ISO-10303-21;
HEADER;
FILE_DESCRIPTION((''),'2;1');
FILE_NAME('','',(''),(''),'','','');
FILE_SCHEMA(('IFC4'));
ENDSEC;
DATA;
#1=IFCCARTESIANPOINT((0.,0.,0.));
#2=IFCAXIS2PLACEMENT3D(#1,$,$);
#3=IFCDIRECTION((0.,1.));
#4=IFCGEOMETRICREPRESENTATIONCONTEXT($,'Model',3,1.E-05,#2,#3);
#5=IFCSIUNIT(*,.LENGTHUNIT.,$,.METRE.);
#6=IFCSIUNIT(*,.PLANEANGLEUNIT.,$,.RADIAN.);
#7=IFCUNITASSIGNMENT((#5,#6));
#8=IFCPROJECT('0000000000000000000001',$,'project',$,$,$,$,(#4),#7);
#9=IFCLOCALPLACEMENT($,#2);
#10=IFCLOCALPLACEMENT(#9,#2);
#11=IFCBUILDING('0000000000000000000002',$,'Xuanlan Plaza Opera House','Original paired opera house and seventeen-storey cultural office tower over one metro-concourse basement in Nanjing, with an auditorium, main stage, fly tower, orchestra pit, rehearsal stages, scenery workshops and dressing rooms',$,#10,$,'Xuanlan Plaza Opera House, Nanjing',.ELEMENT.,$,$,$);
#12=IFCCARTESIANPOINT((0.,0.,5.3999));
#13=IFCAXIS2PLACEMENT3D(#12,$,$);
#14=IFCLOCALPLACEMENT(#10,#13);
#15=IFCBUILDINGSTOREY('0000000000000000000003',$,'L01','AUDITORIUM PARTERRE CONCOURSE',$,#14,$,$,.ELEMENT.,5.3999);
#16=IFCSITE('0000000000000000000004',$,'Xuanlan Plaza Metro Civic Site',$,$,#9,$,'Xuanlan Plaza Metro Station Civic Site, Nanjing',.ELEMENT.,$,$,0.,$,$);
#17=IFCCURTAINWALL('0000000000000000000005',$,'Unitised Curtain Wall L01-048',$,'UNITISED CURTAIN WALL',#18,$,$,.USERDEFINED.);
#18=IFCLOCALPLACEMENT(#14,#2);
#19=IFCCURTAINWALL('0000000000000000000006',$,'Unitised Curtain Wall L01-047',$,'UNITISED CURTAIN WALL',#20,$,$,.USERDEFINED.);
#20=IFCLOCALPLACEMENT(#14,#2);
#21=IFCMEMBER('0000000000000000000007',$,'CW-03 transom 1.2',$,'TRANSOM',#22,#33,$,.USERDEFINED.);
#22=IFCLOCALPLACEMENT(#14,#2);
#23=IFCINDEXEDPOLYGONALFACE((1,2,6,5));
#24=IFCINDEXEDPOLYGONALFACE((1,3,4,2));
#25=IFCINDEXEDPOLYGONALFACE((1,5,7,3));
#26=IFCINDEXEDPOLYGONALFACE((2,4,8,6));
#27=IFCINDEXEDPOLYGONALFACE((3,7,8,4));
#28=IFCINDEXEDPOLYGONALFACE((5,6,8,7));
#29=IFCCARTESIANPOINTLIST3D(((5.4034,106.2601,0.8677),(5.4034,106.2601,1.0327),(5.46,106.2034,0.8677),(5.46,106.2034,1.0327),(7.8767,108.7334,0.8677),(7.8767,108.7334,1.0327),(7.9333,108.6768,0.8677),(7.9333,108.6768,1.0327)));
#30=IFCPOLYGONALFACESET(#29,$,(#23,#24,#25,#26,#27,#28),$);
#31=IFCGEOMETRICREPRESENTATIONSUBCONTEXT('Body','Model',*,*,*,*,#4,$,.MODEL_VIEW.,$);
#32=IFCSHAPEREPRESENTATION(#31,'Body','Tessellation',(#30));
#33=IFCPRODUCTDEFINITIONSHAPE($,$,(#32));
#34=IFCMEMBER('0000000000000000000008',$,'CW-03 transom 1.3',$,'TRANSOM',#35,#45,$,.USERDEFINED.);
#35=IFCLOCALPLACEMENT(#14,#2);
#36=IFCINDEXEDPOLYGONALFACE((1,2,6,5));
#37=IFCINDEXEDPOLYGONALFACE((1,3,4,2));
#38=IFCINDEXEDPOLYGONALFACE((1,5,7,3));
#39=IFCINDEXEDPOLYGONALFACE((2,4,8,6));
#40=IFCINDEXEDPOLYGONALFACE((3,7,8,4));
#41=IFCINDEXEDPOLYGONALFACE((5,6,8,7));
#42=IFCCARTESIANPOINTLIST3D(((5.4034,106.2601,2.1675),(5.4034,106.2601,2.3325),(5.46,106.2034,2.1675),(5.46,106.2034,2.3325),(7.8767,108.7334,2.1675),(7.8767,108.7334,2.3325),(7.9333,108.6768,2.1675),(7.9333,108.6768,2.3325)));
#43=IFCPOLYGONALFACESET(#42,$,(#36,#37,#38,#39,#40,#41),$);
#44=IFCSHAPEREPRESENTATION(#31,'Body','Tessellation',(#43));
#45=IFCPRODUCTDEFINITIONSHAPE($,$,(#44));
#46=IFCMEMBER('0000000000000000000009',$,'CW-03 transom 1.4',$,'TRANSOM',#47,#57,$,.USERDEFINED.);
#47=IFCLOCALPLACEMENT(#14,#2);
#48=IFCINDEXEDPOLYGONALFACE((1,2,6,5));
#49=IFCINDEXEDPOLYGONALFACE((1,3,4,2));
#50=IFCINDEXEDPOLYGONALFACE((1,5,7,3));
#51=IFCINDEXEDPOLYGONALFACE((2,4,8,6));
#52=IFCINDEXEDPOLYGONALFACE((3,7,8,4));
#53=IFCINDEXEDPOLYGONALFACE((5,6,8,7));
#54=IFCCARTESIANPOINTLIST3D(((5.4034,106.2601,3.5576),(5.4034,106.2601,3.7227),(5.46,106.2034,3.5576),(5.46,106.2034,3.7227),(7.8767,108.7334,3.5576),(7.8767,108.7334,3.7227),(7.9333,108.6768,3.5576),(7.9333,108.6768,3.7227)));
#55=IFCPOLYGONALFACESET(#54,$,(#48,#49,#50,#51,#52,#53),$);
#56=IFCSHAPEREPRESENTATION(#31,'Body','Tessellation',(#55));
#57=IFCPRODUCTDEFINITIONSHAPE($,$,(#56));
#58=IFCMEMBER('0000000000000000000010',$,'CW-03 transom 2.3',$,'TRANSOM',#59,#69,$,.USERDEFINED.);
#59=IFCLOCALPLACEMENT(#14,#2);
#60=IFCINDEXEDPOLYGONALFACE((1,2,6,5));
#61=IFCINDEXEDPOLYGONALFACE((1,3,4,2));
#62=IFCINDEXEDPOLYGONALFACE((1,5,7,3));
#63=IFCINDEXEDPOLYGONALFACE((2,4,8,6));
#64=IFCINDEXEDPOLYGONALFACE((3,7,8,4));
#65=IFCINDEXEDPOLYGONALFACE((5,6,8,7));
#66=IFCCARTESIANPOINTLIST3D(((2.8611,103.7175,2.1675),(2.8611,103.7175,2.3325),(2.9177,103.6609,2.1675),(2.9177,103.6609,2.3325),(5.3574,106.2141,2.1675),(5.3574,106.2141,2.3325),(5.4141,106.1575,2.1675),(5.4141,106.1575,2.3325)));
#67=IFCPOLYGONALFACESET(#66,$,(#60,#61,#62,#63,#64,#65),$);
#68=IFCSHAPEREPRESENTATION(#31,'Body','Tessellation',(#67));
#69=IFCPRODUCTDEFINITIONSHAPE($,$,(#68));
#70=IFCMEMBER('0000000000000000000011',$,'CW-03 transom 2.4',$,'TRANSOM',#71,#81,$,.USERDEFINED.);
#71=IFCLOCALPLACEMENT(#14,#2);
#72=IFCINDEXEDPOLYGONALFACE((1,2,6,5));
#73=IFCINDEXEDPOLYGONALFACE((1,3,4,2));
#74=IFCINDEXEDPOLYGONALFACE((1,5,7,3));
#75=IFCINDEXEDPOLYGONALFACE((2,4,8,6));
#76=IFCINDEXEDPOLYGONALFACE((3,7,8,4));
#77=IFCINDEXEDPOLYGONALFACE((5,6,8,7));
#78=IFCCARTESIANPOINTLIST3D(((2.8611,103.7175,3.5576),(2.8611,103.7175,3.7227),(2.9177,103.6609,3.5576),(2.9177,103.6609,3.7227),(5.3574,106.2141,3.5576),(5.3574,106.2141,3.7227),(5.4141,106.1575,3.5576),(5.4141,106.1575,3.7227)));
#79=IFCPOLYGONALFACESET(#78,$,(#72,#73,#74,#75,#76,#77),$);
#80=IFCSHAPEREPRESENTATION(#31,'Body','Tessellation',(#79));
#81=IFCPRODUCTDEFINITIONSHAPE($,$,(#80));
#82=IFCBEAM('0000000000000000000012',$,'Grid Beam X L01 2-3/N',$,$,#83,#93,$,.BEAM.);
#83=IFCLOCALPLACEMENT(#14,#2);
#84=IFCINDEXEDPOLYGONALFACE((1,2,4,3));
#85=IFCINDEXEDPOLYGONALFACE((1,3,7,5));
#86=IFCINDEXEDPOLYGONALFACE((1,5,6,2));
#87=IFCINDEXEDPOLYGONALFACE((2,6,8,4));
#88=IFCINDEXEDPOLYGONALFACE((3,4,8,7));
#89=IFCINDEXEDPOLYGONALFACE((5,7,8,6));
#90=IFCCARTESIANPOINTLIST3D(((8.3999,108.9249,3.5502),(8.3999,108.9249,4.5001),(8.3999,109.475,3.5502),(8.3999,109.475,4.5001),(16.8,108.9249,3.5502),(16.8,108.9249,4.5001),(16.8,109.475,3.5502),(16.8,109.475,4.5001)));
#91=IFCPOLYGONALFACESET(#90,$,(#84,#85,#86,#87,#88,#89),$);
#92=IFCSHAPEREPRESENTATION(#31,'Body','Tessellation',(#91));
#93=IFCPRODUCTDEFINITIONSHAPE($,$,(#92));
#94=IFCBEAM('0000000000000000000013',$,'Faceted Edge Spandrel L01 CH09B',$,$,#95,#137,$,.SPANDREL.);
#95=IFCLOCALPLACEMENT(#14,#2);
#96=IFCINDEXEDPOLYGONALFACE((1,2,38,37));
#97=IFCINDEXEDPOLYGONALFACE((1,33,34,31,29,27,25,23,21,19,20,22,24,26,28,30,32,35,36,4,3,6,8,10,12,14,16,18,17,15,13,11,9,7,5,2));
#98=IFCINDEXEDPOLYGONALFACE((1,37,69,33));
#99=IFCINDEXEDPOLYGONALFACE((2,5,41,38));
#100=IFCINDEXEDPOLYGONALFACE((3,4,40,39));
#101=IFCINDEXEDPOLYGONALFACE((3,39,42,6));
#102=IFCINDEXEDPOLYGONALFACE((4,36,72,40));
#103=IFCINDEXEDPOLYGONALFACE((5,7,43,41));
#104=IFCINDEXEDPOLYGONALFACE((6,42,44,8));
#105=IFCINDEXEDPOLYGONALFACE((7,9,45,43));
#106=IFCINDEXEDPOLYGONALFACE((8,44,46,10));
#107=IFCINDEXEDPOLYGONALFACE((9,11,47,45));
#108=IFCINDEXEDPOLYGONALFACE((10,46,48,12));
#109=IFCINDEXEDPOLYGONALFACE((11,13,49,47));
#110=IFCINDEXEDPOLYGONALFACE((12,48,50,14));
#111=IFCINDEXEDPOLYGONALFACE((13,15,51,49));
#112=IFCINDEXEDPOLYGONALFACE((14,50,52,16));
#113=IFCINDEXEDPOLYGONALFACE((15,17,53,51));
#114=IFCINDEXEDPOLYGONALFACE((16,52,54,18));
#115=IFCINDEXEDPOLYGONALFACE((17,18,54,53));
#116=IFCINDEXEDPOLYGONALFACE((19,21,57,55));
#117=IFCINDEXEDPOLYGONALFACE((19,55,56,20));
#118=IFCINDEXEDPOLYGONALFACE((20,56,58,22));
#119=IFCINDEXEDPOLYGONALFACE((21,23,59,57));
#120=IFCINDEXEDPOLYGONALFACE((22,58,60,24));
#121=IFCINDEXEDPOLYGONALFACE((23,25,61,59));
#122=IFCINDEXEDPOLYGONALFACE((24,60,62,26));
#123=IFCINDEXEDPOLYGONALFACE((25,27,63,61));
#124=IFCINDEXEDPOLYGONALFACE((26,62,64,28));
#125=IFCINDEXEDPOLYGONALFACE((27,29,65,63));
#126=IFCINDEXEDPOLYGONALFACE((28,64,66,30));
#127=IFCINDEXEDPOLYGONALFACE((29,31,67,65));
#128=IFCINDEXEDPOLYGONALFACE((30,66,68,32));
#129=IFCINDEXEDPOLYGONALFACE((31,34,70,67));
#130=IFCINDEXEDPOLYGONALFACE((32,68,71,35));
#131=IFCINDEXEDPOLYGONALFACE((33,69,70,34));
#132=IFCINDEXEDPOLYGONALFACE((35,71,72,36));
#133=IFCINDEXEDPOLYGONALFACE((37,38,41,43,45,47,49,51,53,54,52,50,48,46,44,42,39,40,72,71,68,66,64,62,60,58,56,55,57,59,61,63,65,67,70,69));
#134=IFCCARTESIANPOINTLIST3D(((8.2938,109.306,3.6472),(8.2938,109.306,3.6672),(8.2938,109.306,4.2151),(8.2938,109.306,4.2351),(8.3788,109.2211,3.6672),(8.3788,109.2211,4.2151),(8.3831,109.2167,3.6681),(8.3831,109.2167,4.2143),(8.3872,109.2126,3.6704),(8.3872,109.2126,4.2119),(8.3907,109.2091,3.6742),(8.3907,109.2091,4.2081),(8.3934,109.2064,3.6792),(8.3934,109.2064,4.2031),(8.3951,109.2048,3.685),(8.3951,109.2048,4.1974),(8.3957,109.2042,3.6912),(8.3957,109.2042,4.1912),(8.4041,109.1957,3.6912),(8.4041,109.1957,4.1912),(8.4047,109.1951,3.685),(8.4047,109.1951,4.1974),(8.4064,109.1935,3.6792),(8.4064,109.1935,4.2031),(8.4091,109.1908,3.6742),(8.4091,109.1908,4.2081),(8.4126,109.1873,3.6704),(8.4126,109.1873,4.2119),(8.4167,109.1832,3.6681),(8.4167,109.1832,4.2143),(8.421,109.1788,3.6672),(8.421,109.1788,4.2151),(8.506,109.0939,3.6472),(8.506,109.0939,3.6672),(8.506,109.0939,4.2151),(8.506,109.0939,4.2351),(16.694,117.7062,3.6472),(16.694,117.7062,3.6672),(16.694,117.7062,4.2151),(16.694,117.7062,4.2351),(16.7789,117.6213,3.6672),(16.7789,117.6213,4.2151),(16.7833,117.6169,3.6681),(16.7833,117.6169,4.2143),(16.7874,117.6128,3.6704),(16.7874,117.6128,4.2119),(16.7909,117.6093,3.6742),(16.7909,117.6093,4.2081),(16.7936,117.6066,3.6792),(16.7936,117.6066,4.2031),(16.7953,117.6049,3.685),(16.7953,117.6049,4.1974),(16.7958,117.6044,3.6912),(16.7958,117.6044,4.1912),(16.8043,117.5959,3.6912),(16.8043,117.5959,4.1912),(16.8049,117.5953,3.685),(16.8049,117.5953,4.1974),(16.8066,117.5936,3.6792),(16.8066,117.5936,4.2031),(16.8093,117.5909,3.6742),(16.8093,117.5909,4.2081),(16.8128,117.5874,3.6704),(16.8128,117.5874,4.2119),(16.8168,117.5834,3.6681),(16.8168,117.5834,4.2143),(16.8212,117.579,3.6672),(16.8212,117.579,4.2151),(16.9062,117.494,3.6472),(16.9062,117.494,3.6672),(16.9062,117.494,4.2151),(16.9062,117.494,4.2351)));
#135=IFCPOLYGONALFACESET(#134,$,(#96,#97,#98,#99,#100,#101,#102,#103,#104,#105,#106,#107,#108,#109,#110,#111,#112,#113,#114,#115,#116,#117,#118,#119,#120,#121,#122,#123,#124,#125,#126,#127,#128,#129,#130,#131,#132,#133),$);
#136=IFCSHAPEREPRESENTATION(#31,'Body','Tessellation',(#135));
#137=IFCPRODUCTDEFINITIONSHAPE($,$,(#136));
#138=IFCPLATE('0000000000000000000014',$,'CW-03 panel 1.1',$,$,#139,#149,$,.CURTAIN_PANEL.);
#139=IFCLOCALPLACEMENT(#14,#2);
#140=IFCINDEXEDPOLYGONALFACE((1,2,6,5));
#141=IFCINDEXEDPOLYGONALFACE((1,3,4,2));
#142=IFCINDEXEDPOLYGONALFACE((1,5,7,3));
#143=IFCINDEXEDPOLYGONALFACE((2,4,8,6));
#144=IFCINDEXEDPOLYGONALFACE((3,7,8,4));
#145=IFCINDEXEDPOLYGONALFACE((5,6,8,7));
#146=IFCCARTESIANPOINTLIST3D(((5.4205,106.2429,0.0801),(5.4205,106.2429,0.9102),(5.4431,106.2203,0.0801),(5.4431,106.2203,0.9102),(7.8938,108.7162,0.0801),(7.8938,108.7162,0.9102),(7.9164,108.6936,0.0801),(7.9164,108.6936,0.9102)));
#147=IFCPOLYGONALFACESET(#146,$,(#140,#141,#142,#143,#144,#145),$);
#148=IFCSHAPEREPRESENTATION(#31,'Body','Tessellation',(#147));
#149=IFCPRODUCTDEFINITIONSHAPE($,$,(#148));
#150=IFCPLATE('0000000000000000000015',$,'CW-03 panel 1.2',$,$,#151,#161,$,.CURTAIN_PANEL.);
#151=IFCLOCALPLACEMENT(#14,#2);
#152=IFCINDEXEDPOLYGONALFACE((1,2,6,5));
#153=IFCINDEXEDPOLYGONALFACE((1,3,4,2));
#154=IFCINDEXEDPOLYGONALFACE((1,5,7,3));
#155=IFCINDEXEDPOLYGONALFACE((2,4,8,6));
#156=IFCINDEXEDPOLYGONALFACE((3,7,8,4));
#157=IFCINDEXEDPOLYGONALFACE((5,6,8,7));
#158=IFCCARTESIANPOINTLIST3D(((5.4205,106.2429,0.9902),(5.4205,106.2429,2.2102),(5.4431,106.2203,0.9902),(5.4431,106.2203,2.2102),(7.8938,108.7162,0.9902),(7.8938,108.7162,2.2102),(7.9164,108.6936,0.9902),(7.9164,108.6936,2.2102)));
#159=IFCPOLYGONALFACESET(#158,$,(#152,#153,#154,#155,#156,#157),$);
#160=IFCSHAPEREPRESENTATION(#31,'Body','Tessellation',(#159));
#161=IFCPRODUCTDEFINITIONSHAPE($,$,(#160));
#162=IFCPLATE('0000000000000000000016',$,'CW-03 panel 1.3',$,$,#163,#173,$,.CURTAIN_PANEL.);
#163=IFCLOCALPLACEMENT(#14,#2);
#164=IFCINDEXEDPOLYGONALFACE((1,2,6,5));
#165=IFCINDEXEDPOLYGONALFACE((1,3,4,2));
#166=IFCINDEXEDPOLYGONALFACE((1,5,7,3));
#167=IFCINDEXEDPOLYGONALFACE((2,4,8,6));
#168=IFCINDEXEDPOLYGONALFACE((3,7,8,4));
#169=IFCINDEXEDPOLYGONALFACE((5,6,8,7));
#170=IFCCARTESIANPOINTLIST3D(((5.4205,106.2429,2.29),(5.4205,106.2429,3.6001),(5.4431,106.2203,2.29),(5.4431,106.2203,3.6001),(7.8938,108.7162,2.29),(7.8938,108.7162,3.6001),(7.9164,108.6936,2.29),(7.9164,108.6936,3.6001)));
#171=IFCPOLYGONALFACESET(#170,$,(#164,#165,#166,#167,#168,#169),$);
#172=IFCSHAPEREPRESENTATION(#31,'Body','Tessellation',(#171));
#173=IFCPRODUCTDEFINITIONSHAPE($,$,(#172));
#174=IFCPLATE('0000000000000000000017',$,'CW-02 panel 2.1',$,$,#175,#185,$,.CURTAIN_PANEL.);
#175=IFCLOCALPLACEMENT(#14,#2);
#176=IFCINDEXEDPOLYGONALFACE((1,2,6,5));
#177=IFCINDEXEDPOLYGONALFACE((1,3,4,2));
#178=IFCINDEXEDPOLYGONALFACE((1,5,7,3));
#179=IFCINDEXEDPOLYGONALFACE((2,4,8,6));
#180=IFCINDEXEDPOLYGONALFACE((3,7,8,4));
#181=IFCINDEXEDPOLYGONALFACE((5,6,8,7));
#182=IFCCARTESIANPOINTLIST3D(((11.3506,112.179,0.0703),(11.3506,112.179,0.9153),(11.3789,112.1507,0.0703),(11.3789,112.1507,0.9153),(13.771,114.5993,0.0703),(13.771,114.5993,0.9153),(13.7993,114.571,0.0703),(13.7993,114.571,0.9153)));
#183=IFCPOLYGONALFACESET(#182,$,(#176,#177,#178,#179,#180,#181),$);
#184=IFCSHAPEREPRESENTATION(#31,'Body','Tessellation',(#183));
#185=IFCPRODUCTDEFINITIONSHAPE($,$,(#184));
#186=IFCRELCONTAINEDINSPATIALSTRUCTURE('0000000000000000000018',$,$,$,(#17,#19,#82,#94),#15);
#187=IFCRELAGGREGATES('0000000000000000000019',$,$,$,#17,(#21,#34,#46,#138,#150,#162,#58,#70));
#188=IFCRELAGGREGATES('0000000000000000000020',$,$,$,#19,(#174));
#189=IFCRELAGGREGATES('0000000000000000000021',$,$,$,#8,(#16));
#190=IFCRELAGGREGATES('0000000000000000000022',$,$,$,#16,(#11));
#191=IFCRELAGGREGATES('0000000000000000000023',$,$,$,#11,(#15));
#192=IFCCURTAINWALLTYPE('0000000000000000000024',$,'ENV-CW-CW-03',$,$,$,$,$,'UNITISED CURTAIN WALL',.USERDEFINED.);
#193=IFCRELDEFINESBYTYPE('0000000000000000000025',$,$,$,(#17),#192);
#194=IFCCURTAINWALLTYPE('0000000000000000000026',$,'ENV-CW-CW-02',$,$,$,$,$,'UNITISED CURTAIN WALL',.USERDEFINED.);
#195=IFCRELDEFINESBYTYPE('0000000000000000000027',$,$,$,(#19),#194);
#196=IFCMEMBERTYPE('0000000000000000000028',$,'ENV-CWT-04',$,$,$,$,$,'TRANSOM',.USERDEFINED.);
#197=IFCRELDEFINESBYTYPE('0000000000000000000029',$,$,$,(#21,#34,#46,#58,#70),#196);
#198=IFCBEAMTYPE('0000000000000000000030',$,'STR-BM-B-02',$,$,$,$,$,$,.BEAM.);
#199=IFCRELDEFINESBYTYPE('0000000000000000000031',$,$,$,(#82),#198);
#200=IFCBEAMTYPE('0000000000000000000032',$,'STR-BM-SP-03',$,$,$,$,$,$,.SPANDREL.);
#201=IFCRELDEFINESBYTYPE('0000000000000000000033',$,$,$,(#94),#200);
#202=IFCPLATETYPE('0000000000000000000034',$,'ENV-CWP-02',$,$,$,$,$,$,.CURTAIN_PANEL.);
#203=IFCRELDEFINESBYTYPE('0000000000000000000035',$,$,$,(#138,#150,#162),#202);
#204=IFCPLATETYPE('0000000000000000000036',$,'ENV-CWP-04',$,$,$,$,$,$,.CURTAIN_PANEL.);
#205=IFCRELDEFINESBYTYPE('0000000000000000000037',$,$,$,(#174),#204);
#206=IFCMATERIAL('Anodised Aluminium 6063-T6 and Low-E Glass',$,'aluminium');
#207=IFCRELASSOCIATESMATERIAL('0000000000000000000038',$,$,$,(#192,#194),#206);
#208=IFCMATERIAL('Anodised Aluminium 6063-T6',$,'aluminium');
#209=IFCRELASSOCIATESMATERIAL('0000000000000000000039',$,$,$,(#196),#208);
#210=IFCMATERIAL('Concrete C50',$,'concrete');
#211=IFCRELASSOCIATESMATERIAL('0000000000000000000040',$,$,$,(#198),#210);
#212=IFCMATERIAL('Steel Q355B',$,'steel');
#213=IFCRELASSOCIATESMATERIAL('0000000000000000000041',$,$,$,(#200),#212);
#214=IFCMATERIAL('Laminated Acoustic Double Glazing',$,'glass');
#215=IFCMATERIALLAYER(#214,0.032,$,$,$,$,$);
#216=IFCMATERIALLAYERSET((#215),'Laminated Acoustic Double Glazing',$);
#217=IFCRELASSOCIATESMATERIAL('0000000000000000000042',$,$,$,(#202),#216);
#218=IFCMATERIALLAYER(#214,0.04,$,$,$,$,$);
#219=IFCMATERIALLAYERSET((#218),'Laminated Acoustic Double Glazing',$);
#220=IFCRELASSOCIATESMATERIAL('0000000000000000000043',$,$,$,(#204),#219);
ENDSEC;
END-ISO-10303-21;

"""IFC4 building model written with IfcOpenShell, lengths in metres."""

from ifc_helpers import new_model, si_unit, direction, frame, origin, origin_2d, place, context, subcontext, project, spatial, rectangle, i_section, extrude, material, layer, layer_set, material_profile, profile_set, type_object, element, aggregate, save


model = new_model("IFC4")

# Units and contexts
model_context = context("Model", 3, precision=1e-05, world=origin(), true_north=direction((0.0, 1.0)))
body_context = subcontext(model_context, "Body", "Model", "MODEL_VIEW")
ifc_project = project(units=[si_unit("LENGTHUNIT", "METRE"), si_unit("PLANEANGLEUNIT", "RADIAN")], contexts=[model_context])

# Site, building, storey
site_placement = place(None, origin())
site = spatial("IfcSite", under=ifc_project, at=site_placement, Name="Xuanlan Plaza Metro Civic Site", LongName="Xuanlan Plaza Metro Station Civic Site, Nanjing", CompositionType="ELEMENT", RefElevation=0.0)
building_placement = place(site_placement, origin())
building = spatial("IfcBuilding", under=site, at=building_placement, Name="Xuanlan Plaza Opera House", Description="Original paired opera house and seventeen-storey cultural office tower over one metro-concourse basement in Nanjing, with an auditorium, main stage, fly tower, orchestra pit, rehearsal stages, scenery workshops and dressing rooms", LongName="Xuanlan Plaza Opera House, Nanjing", CompositionType="ELEMENT")
storey_placement = place(building_placement, frame((0.0, 0.0, 5.3999)))
storey = spatial("IfcBuildingStorey", under=building, at=storey_placement, Name="L01", Description="AUDITORIUM PARTERRE CONCOURSE", CompositionType="ELEMENT", Elevation=5.3999)

# Curtain walls
ifc_material_1 = material(Name="Anodised Aluminium 6063-T6 and Low-E Glass", Category="aluminium")
curtain_wall_type_1 = type_object("IfcCurtainWallType", Name="ENV-CW-CW-03", ElementType="UNITISED CURTAIN WALL", PredefinedType="USERDEFINED", material=ifc_material_1)
curtain_wall_1_placement = place(storey_placement, origin())
curtain_wall_1 = element("IfcCurtainWall", 1, at=curtain_wall_1_placement, inside=storey, type_object=curtain_wall_type_1, Name="Unitised Curtain Wall L01-048", ObjectType="UNITISED CURTAIN WALL", PredefinedType="USERDEFINED")
ifc_material_2 = material(Name="Anodised Aluminium 6063-T6", Category="aluminium")
curtain_wall_type_2 = type_object("IfcCurtainWallType", Name="ENV-CW-CW-02", ElementType="UNITISED CURTAIN WALL", PredefinedType="USERDEFINED", material=ifc_material_1)
curtain_wall_2_placement = place(storey_placement, origin())
curtain_wall_2 = element("IfcCurtainWall", 2, at=curtain_wall_2_placement, inside=storey, type_object=curtain_wall_type_2, Name="Unitised Curtain Wall L01-047", ObjectType="UNITISED CURTAIN WALL", PredefinedType="USERDEFINED")

# Members
ifc_material_profile_1 = material_profile(ifc_material_2, rectangle(XDim=0.0801, YDim=0.165, at=origin_2d()), Name="ALU-T 80x165")
ifc_profile_set_1 = profile_set([ifc_material_profile_1], Name="Anodised Aluminium 6063-T6")
member_type_1 = type_object("IfcMemberType", Name="ENV-CWT-04", ElementType="TRANSOM", PredefinedType="USERDEFINED", material=ifc_profile_set_1)
member_1_placement = place(storey_placement, frame((7.905, 108.7051, 0.9502), z_axis=(-0.707107, -0.707107, 0.0), x_axis=(0.707107, -0.707107, 0.0)))
member_1 = element("IfcMember", 3, at=member_1_placement, type_object=member_type_1, Name="CW-03 transom 1.2", ObjectType="TRANSOM", PredefinedType="USERDEFINED", context=body_context, shape_type="SweptSolid", body=[
    extrude(rectangle(XDim=0.0801, YDim=0.165, at=origin_2d()), origin(), (0.0, 0.0, 1.0), 3.4978),
])
member_2_placement = place(storey_placement, frame((7.905, 108.7051, 2.25), z_axis=(-0.707107, -0.707107, 0.0), x_axis=(0.707107, -0.707107, 0.0)))
member_2 = element("IfcMember", 4, at=member_2_placement, type_object=member_type_1, Name="CW-03 transom 1.3", ObjectType="TRANSOM", PredefinedType="USERDEFINED", context=body_context, shape_type="SweptSolid", body=[
    extrude(rectangle(XDim=0.0801, YDim=0.165, at=origin_2d()), origin(), (0.0, 0.0, 1.0), 3.4978),
])
member_3_placement = place(storey_placement, frame((7.905, 108.7051, 3.6401), z_axis=(-0.707107, -0.707107, 0.0), x_axis=(0.707107, -0.707107, 0.0)))
member_3 = element("IfcMember", 5, at=member_3_placement, type_object=member_type_1, Name="CW-03 transom 1.4", ObjectType="TRANSOM", PredefinedType="USERDEFINED", context=body_context, shape_type="SweptSolid", body=[
    extrude(rectangle(XDim=0.0801, YDim=0.165, at=origin_2d()), origin(), (0.0, 0.0, 1.0), 3.4978),
])
member_4_placement = place(storey_placement, frame((5.3857, 106.1858, 2.25), z_axis=(-0.707072, -0.707141, 0.0), x_axis=(0.707141, -0.707072, 0.0)))
member_4 = element("IfcMember", 6, at=member_4_placement, type_object=member_type_1, Name="CW-03 transom 2.3", ObjectType="TRANSOM", PredefinedType="USERDEFINED", context=body_context, shape_type="SweptSolid", body=[
    extrude(rectangle(XDim=0.0801, YDim=0.165, at=origin_2d()), origin(), (0.0, 0.0, 1.0), 3.5305),
])
member_5_placement = place(storey_placement, frame((5.3857, 106.1858, 3.6401), z_axis=(-0.707072, -0.707141, 0.0), x_axis=(0.707141, -0.707072, 0.0)))
member_5 = element("IfcMember", 7, at=member_5_placement, type_object=member_type_1, Name="CW-03 transom 2.4", ObjectType="TRANSOM", PredefinedType="USERDEFINED", context=body_context, shape_type="SweptSolid", body=[
    extrude(rectangle(XDim=0.0801, YDim=0.165, at=origin_2d()), origin(), (0.0, 0.0, 1.0), 3.5305),
])

# Beams
ifc_material_3 = material(Name="Concrete C50", Category="concrete")
ifc_material_profile_2 = material_profile(ifc_material_3, rectangle(XDim=0.55, YDim=0.95, at=origin_2d()), Name="RC-BM 550x950")
ifc_profile_set_2 = profile_set([ifc_material_profile_2], Name="Concrete C50")
beam_type_1 = type_object("IfcBeamType", Name="STR-BM-B-02", PredefinedType="BEAM", material=ifc_profile_set_2)
beam_1_placement = place(storey_placement, frame((8.3999, 109.2, 4.0251), z_axis=(1.0, 0.0, 0.0), x_axis=(0.0, 1.0, 0.0)))
element("IfcBeam", 8, at=beam_1_placement, inside=storey, type_object=beam_type_1, Name="Grid Beam X L01 2-3/N", PredefinedType="BEAM", context=body_context, shape_type="SweptSolid", body=[
    extrude(rectangle(XDim=0.55, YDim=0.95, at=origin_2d()), origin(), (0.0, 0.0, 1.0), 8.4001),
])
ifc_material_4 = material(Name="Steel Q355B", Category="steel")
ifc_material_profile_3 = material_profile(ifc_material_4, i_section(OverallWidth=0.3, OverallDepth=0.5879, WebThickness=0.012, FlangeThickness=0.02, FilletRadius=0.0239, at=origin_2d()), Name="HM 588x300x12x20")
ifc_profile_set_3 = profile_set([ifc_material_profile_3], Name="Steel Q355B")
beam_type_2 = type_object("IfcBeamType", Name="STR-BM-SP-03", PredefinedType="SPANDREL", material=ifc_profile_set_3)
beam_2_placement = place(storey_placement, frame((8.3999, 109.2, 3.9412), z_axis=(0.707107, 0.707107, 0.0), x_axis=(-0.707107, 0.707107, 0.0)))
element("IfcBeam", 9, at=beam_2_placement, inside=storey, type_object=beam_type_2, Name="Faceted Edge Spandrel L01 CH09B", PredefinedType="SPANDREL", context=body_context, shape_type="SweptSolid", body=[
    extrude(i_section(OverallWidth=0.3, OverallDepth=0.5879, WebThickness=0.012, FlangeThickness=0.02, FilletRadius=0.0239, at=origin_2d()), origin(), (0.0, 0.0, 1.0), 11.8796),
])

# Plates
ifc_material_5 = material(Name="Laminated Acoustic Double Glazing", Category="glass")
ifc_layer_1 = layer(ifc_material_5, 0.032)
ifc_layer_set_1 = layer_set([ifc_layer_1], Name="Laminated Acoustic Double Glazing")
plate_type_1 = type_object("IfcPlateType", Name="ENV-CWP-02", PredefinedType="CURTAIN_PANEL", material=ifc_layer_set_1)
plate_1_placement = place(storey_placement, frame((6.6685, 107.4683, 0.0801), z_axis=(0.0, 0.0, 1.0), x_axis=(-0.707107, -0.707107, 0.0)))
plate_1 = element("IfcPlate", 10, at=plate_1_placement, type_object=plate_type_1, Name="CW-03 panel 1.1", PredefinedType="CURTAIN_PANEL", context=body_context, shape_type="SweptSolid", body=[
    extrude(rectangle(XDim=3.4978, YDim=0.032, at=origin_2d()), origin(), (0.0, 0.0, 1.0), 0.8301),
])
plate_2_placement = place(storey_placement, frame((6.6685, 107.4683, 0.9902), z_axis=(0.0, 0.0, 1.0), x_axis=(-0.707107, -0.707107, 0.0)))
plate_2 = element("IfcPlate", 11, at=plate_2_placement, type_object=plate_type_1, Name="CW-03 panel 1.2", PredefinedType="CURTAIN_PANEL", context=body_context, shape_type="SweptSolid", body=[
    extrude(rectangle(XDim=3.4978, YDim=0.032, at=origin_2d()), origin(), (0.0, 0.0, 1.0), 1.22),
])
plate_3_placement = place(storey_placement, frame((6.6685, 107.4683, 2.29), z_axis=(0.0, 0.0, 1.0), x_axis=(-0.707107, -0.707107, 0.0)))
plate_3 = element("IfcPlate", 12, at=plate_3_placement, type_object=plate_type_1, Name="CW-03 panel 1.3", PredefinedType="CURTAIN_PANEL", context=body_context, shape_type="SweptSolid", body=[
    extrude(rectangle(XDim=3.4978, YDim=0.032, at=origin_2d()), origin(), (0.0, 0.0, 1.0), 1.3101),
])
aggregate(curtain_wall_1, [member_1, member_2, member_3, plate_1, plate_2, plate_3, member_4, member_5])
ifc_layer_2 = layer(ifc_material_5, 0.04)
ifc_layer_set_2 = layer_set([ifc_layer_2], Name="Laminated Acoustic Double Glazing")
plate_type_2 = type_object("IfcPlateType", Name="ENV-CWP-04", PredefinedType="CURTAIN_PANEL", material=ifc_layer_set_2)
plate_4_placement = place(storey_placement, frame((12.575, 113.375, 0.0703), z_axis=(0.0, 0.0, 1.0), x_axis=(-0.707107, -0.707107, 0.0)))
plate_4 = element("IfcPlate", 13, at=plate_4_placement, type_object=plate_type_2, Name="CW-02 panel 2.1", PredefinedType="CURTAIN_PANEL", context=body_context, shape_type="SweptSolid", body=[
    extrude(rectangle(XDim=3.4229, YDim=0.04, at=origin_2d()), origin(), (0.0, 0.0, 1.0), 0.845),
])
aggregate(curtain_wall_2, [plate_4])

save(model, "model.ifc")
